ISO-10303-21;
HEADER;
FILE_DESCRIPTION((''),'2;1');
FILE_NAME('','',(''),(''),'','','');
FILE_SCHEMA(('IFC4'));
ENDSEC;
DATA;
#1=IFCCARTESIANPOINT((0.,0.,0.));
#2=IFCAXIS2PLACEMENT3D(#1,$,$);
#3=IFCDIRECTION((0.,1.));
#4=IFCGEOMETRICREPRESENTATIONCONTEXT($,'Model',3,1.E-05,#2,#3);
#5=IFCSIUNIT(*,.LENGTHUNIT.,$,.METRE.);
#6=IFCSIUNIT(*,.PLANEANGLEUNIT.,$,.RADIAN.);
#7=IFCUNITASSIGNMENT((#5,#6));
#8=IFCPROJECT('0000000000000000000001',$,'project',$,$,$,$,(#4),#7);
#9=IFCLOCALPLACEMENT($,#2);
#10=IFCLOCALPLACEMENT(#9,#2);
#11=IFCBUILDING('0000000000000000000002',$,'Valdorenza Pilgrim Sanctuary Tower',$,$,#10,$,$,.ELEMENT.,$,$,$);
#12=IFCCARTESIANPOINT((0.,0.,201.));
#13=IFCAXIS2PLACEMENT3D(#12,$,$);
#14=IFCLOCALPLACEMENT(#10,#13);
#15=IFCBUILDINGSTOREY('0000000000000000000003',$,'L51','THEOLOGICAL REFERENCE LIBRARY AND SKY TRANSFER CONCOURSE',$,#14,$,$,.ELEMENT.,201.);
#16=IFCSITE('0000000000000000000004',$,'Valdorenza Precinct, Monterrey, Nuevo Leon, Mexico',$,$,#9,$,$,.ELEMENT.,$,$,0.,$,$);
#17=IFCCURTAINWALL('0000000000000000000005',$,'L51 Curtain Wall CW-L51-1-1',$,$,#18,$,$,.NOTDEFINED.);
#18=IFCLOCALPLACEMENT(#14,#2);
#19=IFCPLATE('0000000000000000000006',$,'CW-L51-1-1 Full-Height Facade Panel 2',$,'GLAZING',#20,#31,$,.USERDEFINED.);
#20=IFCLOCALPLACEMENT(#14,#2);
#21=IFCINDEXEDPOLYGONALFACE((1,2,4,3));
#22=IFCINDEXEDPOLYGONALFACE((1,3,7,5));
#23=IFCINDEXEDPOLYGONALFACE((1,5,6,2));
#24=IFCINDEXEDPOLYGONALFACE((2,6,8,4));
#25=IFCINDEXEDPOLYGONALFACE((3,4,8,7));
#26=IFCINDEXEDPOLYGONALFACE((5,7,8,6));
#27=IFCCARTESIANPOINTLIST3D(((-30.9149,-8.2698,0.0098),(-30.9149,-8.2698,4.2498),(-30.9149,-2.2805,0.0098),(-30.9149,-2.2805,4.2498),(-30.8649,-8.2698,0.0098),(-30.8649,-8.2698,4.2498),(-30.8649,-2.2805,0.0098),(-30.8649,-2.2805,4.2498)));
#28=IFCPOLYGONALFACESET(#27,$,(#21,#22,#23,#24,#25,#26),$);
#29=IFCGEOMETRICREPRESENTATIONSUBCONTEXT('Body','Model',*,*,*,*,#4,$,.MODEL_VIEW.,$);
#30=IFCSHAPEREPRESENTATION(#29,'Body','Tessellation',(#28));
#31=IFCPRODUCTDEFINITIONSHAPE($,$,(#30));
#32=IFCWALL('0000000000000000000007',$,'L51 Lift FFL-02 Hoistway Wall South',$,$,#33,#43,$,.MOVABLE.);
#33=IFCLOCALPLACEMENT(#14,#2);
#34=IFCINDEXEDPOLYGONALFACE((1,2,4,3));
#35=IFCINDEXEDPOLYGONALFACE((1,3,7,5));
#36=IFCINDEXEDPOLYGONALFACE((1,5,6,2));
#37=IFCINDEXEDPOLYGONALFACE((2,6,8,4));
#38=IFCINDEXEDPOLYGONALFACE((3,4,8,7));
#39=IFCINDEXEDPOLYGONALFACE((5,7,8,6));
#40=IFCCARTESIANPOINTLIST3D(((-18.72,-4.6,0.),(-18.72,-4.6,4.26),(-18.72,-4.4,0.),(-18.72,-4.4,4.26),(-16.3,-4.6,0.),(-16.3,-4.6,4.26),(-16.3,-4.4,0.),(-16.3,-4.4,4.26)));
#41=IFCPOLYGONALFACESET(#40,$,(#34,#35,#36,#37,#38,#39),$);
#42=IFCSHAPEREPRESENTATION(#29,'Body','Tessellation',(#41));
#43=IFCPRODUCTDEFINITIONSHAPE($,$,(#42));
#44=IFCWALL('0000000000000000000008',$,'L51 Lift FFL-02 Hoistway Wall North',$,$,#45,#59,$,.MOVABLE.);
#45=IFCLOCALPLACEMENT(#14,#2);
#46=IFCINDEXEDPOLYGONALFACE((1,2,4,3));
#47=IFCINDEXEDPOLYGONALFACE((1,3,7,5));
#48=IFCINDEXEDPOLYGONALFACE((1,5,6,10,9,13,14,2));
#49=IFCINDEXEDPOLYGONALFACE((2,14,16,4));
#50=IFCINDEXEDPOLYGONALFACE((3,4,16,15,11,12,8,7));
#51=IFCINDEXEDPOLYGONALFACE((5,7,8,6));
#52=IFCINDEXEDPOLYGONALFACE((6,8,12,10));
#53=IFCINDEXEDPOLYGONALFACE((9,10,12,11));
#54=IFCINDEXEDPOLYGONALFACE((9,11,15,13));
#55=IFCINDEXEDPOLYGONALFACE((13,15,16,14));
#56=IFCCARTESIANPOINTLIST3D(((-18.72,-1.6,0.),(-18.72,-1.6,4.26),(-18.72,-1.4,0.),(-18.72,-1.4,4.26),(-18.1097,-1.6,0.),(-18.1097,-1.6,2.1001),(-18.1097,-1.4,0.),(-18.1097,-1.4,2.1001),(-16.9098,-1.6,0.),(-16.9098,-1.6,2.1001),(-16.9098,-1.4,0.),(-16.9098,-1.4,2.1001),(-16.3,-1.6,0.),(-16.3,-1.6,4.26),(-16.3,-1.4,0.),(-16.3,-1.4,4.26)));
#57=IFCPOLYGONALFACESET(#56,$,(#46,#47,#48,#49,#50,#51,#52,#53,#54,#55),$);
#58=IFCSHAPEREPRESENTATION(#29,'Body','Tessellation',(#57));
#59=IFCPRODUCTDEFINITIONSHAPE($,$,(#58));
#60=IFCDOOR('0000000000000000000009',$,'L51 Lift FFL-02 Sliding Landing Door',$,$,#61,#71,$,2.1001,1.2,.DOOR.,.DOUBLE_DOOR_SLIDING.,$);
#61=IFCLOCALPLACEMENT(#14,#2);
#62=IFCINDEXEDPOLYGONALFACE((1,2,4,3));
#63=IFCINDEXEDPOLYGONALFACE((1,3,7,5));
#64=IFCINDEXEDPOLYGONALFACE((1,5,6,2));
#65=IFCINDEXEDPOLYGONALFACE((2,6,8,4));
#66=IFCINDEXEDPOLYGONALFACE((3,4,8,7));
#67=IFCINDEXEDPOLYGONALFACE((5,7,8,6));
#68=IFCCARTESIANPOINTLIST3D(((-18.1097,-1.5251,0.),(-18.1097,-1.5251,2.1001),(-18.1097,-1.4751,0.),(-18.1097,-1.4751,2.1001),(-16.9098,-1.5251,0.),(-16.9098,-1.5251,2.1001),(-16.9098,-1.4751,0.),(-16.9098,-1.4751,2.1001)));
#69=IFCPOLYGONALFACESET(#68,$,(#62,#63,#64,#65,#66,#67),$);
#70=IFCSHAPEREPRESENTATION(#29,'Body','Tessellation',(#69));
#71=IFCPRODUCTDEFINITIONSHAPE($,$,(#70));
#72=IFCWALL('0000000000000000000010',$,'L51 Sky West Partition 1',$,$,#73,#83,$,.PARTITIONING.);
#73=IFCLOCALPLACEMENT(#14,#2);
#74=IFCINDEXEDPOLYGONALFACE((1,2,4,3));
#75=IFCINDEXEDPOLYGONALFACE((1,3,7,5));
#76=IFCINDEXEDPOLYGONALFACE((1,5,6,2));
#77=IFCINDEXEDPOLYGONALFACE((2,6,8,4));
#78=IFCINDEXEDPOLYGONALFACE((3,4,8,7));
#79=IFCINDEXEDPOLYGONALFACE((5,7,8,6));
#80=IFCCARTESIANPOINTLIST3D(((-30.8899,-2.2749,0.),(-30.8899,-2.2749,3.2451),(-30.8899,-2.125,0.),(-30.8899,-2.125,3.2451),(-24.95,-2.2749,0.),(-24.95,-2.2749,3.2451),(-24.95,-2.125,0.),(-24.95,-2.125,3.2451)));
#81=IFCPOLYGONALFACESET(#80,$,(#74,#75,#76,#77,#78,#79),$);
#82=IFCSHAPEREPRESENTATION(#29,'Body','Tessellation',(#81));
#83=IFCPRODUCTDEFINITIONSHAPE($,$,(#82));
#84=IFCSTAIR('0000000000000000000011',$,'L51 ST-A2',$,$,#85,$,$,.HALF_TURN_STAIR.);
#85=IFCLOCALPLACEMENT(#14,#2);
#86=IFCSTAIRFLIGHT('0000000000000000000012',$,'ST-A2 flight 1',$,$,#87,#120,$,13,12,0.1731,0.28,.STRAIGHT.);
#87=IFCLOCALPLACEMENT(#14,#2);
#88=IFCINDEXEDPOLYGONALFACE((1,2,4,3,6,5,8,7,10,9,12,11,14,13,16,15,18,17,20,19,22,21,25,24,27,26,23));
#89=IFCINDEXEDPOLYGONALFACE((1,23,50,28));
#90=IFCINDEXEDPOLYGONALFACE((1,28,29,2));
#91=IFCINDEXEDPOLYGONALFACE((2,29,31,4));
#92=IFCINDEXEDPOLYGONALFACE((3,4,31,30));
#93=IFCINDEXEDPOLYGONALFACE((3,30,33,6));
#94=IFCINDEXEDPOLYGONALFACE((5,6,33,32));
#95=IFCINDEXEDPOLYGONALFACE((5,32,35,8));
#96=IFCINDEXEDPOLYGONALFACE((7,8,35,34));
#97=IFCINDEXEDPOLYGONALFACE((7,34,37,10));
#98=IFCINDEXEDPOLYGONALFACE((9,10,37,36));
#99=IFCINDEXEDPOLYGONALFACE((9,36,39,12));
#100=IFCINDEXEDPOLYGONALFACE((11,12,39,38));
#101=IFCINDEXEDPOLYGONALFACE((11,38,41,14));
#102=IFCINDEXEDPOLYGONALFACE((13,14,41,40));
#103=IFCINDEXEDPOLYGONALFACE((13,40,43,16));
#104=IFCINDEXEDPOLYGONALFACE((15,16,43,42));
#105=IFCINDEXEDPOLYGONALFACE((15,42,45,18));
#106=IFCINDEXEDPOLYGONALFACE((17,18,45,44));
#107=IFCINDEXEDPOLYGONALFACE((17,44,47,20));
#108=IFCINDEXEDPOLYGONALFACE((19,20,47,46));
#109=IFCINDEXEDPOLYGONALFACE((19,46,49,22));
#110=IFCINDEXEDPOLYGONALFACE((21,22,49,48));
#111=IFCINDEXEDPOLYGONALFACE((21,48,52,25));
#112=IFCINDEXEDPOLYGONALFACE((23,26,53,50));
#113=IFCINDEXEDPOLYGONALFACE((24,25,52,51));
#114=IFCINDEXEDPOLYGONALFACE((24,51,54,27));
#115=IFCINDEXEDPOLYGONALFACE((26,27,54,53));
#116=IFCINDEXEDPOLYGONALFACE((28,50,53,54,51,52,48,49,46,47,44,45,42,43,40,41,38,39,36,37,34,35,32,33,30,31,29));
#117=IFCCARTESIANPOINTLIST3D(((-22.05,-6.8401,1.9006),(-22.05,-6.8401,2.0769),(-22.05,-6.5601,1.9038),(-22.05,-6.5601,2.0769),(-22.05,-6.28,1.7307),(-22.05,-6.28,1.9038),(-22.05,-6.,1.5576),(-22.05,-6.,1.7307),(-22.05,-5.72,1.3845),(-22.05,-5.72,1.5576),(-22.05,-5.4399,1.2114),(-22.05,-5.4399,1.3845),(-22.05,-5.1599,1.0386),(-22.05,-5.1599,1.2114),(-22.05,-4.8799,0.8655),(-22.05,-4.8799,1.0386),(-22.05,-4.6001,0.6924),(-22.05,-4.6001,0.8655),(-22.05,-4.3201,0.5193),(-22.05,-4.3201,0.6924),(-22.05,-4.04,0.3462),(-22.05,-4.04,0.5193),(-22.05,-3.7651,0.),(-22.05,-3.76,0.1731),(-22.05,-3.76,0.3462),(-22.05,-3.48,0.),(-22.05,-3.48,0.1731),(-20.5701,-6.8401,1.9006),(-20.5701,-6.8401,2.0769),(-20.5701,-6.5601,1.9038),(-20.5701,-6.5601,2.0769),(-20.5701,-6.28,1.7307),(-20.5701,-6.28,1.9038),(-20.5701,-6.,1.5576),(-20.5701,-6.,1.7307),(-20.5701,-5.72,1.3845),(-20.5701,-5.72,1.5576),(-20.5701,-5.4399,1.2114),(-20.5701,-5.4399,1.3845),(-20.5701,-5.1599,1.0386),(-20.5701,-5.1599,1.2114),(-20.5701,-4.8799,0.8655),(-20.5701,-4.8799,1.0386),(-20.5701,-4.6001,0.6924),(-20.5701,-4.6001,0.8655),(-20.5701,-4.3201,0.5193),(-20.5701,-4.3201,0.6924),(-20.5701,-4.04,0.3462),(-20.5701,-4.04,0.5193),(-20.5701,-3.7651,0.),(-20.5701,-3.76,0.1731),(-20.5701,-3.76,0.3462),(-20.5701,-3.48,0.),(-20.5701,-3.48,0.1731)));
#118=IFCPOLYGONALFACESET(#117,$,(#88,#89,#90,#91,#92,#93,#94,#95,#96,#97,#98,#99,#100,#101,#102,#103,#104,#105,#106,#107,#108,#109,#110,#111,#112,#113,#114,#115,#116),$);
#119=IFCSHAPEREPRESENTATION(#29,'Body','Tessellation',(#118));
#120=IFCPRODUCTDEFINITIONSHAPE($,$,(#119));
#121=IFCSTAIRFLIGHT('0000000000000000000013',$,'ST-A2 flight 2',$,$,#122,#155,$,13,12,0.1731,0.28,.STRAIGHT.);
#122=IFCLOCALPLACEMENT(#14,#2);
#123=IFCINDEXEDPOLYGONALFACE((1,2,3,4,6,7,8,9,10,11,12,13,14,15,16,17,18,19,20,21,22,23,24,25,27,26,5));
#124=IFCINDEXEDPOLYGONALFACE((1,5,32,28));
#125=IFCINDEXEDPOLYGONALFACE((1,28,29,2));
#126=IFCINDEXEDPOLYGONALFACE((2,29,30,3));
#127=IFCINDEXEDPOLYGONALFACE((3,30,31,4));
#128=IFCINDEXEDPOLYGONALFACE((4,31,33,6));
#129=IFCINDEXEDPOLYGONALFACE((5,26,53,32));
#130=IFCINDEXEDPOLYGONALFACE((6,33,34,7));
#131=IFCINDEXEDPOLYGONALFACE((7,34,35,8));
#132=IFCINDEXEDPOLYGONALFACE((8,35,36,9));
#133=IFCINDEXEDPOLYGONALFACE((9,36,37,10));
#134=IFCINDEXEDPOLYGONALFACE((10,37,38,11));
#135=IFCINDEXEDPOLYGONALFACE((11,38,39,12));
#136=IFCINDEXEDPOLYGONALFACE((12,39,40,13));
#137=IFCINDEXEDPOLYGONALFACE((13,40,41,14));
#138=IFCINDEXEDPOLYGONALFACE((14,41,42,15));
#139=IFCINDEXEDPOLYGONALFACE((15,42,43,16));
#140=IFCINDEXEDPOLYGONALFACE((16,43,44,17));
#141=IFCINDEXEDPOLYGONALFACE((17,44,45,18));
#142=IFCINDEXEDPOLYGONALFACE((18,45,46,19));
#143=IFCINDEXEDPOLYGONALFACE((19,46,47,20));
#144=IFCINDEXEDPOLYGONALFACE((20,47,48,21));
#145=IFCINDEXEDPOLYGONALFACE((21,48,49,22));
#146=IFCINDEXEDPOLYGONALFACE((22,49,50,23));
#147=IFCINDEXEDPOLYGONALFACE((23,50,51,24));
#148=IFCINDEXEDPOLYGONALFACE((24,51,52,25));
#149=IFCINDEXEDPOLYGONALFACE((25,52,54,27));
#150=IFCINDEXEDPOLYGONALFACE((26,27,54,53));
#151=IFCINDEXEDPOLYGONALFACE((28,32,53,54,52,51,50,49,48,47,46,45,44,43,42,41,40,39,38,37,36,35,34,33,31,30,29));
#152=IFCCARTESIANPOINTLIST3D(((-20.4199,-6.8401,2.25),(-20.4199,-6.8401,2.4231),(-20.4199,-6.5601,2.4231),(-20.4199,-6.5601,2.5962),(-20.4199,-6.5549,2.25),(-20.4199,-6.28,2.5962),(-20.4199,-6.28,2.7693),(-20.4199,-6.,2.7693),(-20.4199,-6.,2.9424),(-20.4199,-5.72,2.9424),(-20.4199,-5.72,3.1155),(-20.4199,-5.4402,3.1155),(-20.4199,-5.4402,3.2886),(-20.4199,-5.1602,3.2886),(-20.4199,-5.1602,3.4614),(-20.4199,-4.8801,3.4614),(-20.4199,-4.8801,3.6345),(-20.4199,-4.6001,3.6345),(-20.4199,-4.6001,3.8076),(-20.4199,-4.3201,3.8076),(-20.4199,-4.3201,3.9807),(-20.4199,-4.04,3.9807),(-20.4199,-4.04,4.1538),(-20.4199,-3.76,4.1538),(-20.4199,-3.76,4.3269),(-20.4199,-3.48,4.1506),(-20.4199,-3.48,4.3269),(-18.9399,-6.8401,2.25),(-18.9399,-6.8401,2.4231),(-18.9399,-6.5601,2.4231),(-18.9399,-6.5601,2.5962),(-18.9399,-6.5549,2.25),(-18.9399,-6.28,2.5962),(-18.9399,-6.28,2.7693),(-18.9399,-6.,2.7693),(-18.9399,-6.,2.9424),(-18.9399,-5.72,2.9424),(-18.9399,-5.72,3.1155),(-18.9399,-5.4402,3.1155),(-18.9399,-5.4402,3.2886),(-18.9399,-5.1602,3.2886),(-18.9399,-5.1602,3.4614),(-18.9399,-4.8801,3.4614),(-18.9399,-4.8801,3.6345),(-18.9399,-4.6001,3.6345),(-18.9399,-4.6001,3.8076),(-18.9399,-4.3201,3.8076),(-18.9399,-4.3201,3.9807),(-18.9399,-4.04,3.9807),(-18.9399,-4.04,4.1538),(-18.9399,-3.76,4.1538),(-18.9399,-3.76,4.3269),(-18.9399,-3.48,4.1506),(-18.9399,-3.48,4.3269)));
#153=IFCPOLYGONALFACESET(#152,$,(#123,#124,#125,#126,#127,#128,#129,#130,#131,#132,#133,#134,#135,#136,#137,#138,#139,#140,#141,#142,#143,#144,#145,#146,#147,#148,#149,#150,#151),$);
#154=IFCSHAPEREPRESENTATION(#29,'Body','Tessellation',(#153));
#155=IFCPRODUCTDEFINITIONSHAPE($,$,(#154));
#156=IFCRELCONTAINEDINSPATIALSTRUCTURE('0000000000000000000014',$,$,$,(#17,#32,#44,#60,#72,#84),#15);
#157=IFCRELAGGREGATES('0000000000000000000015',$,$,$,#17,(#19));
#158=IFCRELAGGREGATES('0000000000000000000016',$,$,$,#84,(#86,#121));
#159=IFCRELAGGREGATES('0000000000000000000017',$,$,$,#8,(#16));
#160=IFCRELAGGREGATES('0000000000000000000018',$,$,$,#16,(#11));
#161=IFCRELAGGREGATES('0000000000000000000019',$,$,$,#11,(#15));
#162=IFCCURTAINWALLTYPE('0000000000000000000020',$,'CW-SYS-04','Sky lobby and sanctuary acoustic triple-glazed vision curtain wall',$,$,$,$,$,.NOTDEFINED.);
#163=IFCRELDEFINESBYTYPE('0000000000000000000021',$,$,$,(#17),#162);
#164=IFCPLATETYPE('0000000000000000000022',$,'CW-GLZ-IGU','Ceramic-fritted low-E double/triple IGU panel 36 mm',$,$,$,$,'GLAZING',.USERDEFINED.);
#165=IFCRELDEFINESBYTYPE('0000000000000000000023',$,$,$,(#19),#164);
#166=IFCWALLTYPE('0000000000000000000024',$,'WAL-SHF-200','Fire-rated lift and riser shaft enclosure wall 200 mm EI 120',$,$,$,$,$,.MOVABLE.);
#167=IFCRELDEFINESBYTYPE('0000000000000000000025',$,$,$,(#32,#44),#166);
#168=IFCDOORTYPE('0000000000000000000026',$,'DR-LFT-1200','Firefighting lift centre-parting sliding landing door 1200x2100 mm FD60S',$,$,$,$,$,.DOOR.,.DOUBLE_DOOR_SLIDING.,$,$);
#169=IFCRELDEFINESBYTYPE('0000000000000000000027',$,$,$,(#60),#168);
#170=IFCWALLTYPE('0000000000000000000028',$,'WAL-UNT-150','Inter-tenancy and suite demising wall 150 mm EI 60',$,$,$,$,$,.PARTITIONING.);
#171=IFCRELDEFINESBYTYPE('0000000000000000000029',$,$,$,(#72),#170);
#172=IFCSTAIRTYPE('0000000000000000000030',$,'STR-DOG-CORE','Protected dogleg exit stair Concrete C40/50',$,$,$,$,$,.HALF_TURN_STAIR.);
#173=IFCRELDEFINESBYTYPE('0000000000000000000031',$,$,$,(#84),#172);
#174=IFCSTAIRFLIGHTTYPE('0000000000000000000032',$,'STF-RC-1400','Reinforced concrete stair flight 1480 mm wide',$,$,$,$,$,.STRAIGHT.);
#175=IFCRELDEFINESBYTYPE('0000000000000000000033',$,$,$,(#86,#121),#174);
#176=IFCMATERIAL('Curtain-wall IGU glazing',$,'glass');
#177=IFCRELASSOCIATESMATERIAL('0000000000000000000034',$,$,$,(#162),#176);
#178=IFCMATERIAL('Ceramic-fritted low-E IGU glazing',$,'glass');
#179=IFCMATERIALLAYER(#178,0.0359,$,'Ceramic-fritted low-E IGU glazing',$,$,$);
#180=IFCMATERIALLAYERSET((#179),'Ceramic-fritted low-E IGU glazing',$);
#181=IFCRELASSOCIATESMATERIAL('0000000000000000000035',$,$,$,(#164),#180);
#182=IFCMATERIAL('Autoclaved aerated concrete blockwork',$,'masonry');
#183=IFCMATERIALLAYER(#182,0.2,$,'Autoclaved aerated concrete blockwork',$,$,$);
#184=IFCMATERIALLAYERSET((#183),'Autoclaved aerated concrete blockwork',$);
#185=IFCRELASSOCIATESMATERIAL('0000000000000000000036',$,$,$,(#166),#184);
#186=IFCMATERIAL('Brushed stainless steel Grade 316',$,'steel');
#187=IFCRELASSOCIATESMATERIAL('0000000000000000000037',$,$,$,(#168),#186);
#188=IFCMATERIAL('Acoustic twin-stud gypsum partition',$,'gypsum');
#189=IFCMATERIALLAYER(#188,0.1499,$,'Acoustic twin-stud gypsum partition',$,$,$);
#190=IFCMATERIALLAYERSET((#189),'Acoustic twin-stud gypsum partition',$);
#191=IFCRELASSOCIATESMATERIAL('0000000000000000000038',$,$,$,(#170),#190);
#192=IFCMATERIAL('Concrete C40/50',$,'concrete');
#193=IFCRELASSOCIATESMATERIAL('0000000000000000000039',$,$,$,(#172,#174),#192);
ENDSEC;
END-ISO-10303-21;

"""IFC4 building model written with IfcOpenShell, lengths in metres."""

from ifc_helpers import new_model, si_unit, direction, frame, frame_2d, origin, origin_2d, place, context, subcontext, project, spatial, polyline, rectangle, outline, extrude, source, transform, mapped, material, layer, layer_set, type_object, element, fill, aggregate, save


model = new_model("IFC4")

# Units and contexts
model_context = context("Model", 3, precision=1e-05, world=origin(), true_north=direction((0.0, 1.0)))
body_context = subcontext(model_context, "Body", "Model", "MODEL_VIEW")
ifc_project = project(units=[si_unit("LENGTHUNIT", "METRE"), si_unit("PLANEANGLEUNIT", "RADIAN")], contexts=[model_context])

# Site, building, storey
site_placement = place(None, origin())
site = spatial("IfcSite", under=ifc_project, at=site_placement, Name="Valdorenza Precinct, Monterrey, Nuevo Leon, Mexico", CompositionType="ELEMENT", RefElevation=0.0)
building_placement = place(site_placement, origin())
building = spatial("IfcBuilding", under=site, at=building_placement, Name="Valdorenza Pilgrim Sanctuary Tower", CompositionType="ELEMENT")
storey_placement = place(building_placement, frame((0.0, 0.0, 201.0)))
storey = spatial("IfcBuildingStorey", under=building, at=storey_placement, Name="L51", Description="THEOLOGICAL REFERENCE LIBRARY AND SKY TRANSFER CONCOURSE", CompositionType="ELEMENT", Elevation=201.0)

# Curtain wall, plate
ifc_material_1 = material(Name="Curtain-wall IGU glazing", Category="glass")
curtain_wall_type = type_object("IfcCurtainWallType", Name="CW-SYS-04", Description="Sky lobby and sanctuary acoustic triple-glazed vision curtain wall", PredefinedType="NOTDEFINED", material=ifc_material_1)
curtain_wall_placement = place(storey_placement, origin())
curtain_wall = element("IfcCurtainWall", 1, at=curtain_wall_placement, inside=storey, type_object=curtain_wall_type, Name="L51 Curtain Wall CW-L51-1-1", PredefinedType="NOTDEFINED")
ifc_material_2 = material(Name="Ceramic-fritted low-E IGU glazing", Category="glass")
ifc_layer_1 = layer(ifc_material_2, 0.0359, Name="Ceramic-fritted low-E IGU glazing")
ifc_layer_set_1 = layer_set([ifc_layer_1], Name="Ceramic-fritted low-E IGU glazing")
plate_type = type_object("IfcPlateType", Name="CW-GLZ-IGU", Description="Ceramic-fritted low-E double/triple IGU panel 36 mm", ElementType="GLAZING", PredefinedType="USERDEFINED", material=ifc_layer_set_1)
shared_shape_1 = source(origin(), body_context, "Body", "SweptSolid", [
    extrude(rectangle(XDim=5.9893, YDim=0.05, at=origin_2d()), origin(), (0.0, 0.0, 1.0), 4.24),
])
plate_placement = place(storey_placement, frame((-30.8899, -5.2751, 0.0098), z_axis=(0.0, 0.0, 1.0), x_axis=(0.0, 1.0, 0.0)))
plate = element("IfcPlate", 2, at=plate_placement, type_object=plate_type, Name="CW-L51-1-1 Full-Height Facade Panel 2", ObjectType="GLAZING", PredefinedType="USERDEFINED", context=body_context, shape_type="MappedRepresentation", body=[
    mapped(shared_shape_1, transform((0.0, 0.0, 0.0), x_axis=(1.0, 0.0, 0.0), y_axis=(0.0, 1.0, 0.0), z_axis=(0.0, 0.0, 1.0), scale=1.0)),
])
aggregate(curtain_wall, [plate])

# Wall
ifc_material_3 = material(Name="Autoclaved aerated concrete blockwork", Category="masonry")
ifc_layer_2 = layer(ifc_material_3, 0.2, Name="Autoclaved aerated concrete blockwork")
ifc_layer_set_2 = layer_set([ifc_layer_2], Name="Autoclaved aerated concrete blockwork")
wall_type_1 = type_object("IfcWallType", Name="WAL-SHF-200", Description="Fire-rated lift and riser shaft enclosure wall 200 mm EI 120", PredefinedType="MOVABLE", material=ifc_layer_set_2)
wall_1_placement = place(storey_placement, frame((-18.72, -4.5, 0.0), z_axis=(0.0, 0.0, 1.0), x_axis=(1.0, 0.0, 0.0)))
element("IfcWall", 3, at=wall_1_placement, inside=storey, type_object=wall_type_1, Name="L51 Lift FFL-02 Hoistway Wall South", PredefinedType="MOVABLE", context=body_context, shape_type="SweptSolid", body=[
    extrude(rectangle(XDim=2.4199, YDim=0.2, at=frame_2d((1.21, 0.0))), origin(), (0.0, 0.0, 1.0), 4.26),
])

# Wall, opening, door
wall_2_placement = place(storey_placement, frame((-18.72, -1.5, 0.0), z_axis=(0.0, 0.0, 1.0), x_axis=(1.0, 0.0, 0.0)))
wall_2 = element("IfcWall", 4, at=wall_2_placement, inside=storey, type_object=wall_type_1, Name="L51 Lift FFL-02 Hoistway Wall North", PredefinedType="MOVABLE", context=body_context, shape_type="SweptSolid", body=[
    extrude(rectangle(XDim=2.4199, YDim=0.2, at=frame_2d((1.21, 0.0))), origin(), (0.0, 0.0, 1.0), 4.26),
])
opening_1_placement = place(wall_2_placement, frame((0.6101, 0.0, 0.0)))
opening_1 = element("IfcOpeningElement", 5, at=opening_1_placement, cuts=wall_2, PredefinedType="OPENING", context=body_context, shape_type="SweptSolid", body=[
    extrude(rectangle(XDim=1.2, YDim=2.1001, at=frame_2d((0.6001, 1.05))), frame((0.0, 0.1147, 0.0), z_axis=(0.0, -1.0, 0.0), x_axis=(1.0, 0.0, 0.0)), (0.0, 0.0, 1.0), 0.2297),
])
ifc_material_4 = material(Name="Brushed stainless steel Grade 316", Category="steel")
door_type_1 = type_object("IfcDoorType", Name="DR-LFT-1200", Description="Firefighting lift centre-parting sliding landing door 1200x2100 mm FD60S", OperationType="DOUBLE_DOOR_SLIDING", PredefinedType="DOOR", material=ifc_material_4)
door_1_placement = place(opening_1_placement, origin())
door_1 = element("IfcDoor", 6, at=door_1_placement, inside=storey, type_object=door_type_1, Name="L51 Lift FFL-02 Sliding Landing Door", OperationType="DOUBLE_DOOR_SLIDING", OverallHeight=2.1001, OverallWidth=1.2, PredefinedType="DOOR", context=body_context, shape_type="SweptSolid", body=[
    extrude(rectangle(XDim=1.2, YDim=2.1001, at=frame_2d((0.6001, 1.05))), frame((0.0, 0.0249, 0.0), z_axis=(0.0, -1.0, 0.0), x_axis=(1.0, 0.0, 0.0)), (0.0, 0.0, 1.0), 0.05),
])
fill(opening_1, door_1)
ifc_material_5 = material(Name="Concrete C40/50", Category="concrete")

# Wall
ifc_material_6 = material(Name="Acoustic twin-stud gypsum partition", Category="gypsum")
ifc_layer_3 = layer(ifc_material_6, 0.1499, Name="Acoustic twin-stud gypsum partition")
ifc_layer_set_3 = layer_set([ifc_layer_3], Name="Acoustic twin-stud gypsum partition")
wall_type_2 = type_object("IfcWallType", Name="WAL-UNT-150", Description="Inter-tenancy and suite demising wall 150 mm EI 60", PredefinedType="PARTITIONING", material=ifc_layer_set_3)
wall_3_placement = place(storey_placement, frame((-30.8899, -2.2, 0.0), z_axis=(0.0, 0.0, 1.0), x_axis=(1.0, 0.0, 0.0)))
element("IfcWall", 7, at=wall_3_placement, inside=storey, type_object=wall_type_2, Name="L51 Sky West Partition 1", PredefinedType="PARTITIONING", context=body_context, shape_type="SweptSolid", body=[
    extrude(rectangle(XDim=5.9399, YDim=0.1499, at=frame_2d((2.97, 0.0))), origin(), (0.0, 0.0, 1.0), 3.2451),
])

# Stair, stair flights
stair_type = type_object("IfcStairType", Name="STR-DOG-CORE", Description="Protected dogleg exit stair Concrete C40/50", PredefinedType="HALF_TURN_STAIR", material=ifc_material_5)
stair_placement = place(storey_placement, origin())
stair = element("IfcStair", 8, at=stair_placement, inside=storey, type_object=stair_type, Name="L51 ST-A2", PredefinedType="HALF_TURN_STAIR")
stair_flight_type = type_object("IfcStairFlightType", Name="STF-RC-1400", Description="Reinforced concrete stair flight 1480 mm wide", PredefinedType="STRAIGHT", material=ifc_material_5)
stair_flight_1_placement = place(storey_placement, frame((-21.3101, -3.48, 0.0), z_axis=(0.0, 0.0, 1.0), x_axis=(0.0, -1.0, 0.0)))
stair_flight_1 = element("IfcStairFlight", 9, at=stair_flight_1_placement, type_object=stair_flight_type, Name="ST-A2 flight 1", NumberOfRisers=13, NumberOfTreads=12, PredefinedType="STRAIGHT", RiserHeight=0.1731, TreadLength=0.28, context=body_context, shape_type="SweptSolid", body=[
    extrude(outline(polyline([(0.0, 0.0), (0.0, 0.1731), (0.28, 0.1731), (0.28, 0.3462), (0.5601, 0.3462), (0.5601, 0.5193), (0.8401, 0.5193), (0.8401, 0.6924), (1.1201, 0.6924), (1.1201, 0.8655), (1.3999, 0.8655), (1.3999, 1.0386), (1.6799, 1.0386), (1.6799, 1.2114), (1.96, 1.2114), (1.96, 1.3845), (2.24, 1.3845), (2.24, 1.5576), (2.52, 1.5576), (2.52, 1.7307), (2.8, 1.7307), (2.8, 1.9038), (3.0801, 1.9038), (3.0801, 2.0769), (3.3601, 2.0769), (3.3601, 2.25), (3.3601, 1.9006), (0.2852, 0.0), (0.0, 0.0)])), frame((0.0, 0.74, 0.0), z_axis=(0.0, -1.0, 0.0), x_axis=(1.0, 0.0, 0.0)), (0.0, 0.0, 1.0), 1.48),
])
stair_flight_2_placement = place(storey_placement, frame((-19.6799, -6.8401, 2.25), z_axis=(0.0, 0.0, 1.0), x_axis=(0.0, 1.0, 0.0)))
stair_flight_2 = element("IfcStairFlight", 10, at=stair_flight_2_placement, type_object=stair_flight_type, Name="ST-A2 flight 2", NumberOfRisers=13, NumberOfTreads=12, PredefinedType="STRAIGHT", RiserHeight=0.1731, TreadLength=0.28, context=body_context, shape_type="SweptSolid", body=[
    extrude(outline(polyline([(0.0, 0.0), (0.0, 0.1731), (0.28, 0.1731), (0.28, 0.3462), (0.5601, 0.3462), (0.5601, 0.5193), (0.8401, 0.5193), (0.8401, 0.6924), (1.1201, 0.6924), (1.1201, 0.8655), (1.3999, 0.8655), (1.3999, 1.0386), (1.6799, 1.0386), (1.6799, 1.2114), (1.96, 1.2114), (1.96, 1.3845), (2.24, 1.3845), (2.24, 1.5576), (2.52, 1.5576), (2.52, 1.7307), (2.8, 1.7307), (2.8, 1.9038), (3.0801, 1.9038), (3.0801, 2.0769), (3.3601, 2.0769), (3.3601, 2.25), (3.3601, 1.9006), (0.2852, 0.0), (0.0, 0.0)])), frame((0.0, 0.74, 0.0), z_axis=(0.0, -1.0, 0.0), x_axis=(1.0, 0.0, 0.0)), (0.0, 0.0, 1.0), 1.48),
])
aggregate(stair, [stair_flight_1, stair_flight_2])

save(model, "model.ifc")
